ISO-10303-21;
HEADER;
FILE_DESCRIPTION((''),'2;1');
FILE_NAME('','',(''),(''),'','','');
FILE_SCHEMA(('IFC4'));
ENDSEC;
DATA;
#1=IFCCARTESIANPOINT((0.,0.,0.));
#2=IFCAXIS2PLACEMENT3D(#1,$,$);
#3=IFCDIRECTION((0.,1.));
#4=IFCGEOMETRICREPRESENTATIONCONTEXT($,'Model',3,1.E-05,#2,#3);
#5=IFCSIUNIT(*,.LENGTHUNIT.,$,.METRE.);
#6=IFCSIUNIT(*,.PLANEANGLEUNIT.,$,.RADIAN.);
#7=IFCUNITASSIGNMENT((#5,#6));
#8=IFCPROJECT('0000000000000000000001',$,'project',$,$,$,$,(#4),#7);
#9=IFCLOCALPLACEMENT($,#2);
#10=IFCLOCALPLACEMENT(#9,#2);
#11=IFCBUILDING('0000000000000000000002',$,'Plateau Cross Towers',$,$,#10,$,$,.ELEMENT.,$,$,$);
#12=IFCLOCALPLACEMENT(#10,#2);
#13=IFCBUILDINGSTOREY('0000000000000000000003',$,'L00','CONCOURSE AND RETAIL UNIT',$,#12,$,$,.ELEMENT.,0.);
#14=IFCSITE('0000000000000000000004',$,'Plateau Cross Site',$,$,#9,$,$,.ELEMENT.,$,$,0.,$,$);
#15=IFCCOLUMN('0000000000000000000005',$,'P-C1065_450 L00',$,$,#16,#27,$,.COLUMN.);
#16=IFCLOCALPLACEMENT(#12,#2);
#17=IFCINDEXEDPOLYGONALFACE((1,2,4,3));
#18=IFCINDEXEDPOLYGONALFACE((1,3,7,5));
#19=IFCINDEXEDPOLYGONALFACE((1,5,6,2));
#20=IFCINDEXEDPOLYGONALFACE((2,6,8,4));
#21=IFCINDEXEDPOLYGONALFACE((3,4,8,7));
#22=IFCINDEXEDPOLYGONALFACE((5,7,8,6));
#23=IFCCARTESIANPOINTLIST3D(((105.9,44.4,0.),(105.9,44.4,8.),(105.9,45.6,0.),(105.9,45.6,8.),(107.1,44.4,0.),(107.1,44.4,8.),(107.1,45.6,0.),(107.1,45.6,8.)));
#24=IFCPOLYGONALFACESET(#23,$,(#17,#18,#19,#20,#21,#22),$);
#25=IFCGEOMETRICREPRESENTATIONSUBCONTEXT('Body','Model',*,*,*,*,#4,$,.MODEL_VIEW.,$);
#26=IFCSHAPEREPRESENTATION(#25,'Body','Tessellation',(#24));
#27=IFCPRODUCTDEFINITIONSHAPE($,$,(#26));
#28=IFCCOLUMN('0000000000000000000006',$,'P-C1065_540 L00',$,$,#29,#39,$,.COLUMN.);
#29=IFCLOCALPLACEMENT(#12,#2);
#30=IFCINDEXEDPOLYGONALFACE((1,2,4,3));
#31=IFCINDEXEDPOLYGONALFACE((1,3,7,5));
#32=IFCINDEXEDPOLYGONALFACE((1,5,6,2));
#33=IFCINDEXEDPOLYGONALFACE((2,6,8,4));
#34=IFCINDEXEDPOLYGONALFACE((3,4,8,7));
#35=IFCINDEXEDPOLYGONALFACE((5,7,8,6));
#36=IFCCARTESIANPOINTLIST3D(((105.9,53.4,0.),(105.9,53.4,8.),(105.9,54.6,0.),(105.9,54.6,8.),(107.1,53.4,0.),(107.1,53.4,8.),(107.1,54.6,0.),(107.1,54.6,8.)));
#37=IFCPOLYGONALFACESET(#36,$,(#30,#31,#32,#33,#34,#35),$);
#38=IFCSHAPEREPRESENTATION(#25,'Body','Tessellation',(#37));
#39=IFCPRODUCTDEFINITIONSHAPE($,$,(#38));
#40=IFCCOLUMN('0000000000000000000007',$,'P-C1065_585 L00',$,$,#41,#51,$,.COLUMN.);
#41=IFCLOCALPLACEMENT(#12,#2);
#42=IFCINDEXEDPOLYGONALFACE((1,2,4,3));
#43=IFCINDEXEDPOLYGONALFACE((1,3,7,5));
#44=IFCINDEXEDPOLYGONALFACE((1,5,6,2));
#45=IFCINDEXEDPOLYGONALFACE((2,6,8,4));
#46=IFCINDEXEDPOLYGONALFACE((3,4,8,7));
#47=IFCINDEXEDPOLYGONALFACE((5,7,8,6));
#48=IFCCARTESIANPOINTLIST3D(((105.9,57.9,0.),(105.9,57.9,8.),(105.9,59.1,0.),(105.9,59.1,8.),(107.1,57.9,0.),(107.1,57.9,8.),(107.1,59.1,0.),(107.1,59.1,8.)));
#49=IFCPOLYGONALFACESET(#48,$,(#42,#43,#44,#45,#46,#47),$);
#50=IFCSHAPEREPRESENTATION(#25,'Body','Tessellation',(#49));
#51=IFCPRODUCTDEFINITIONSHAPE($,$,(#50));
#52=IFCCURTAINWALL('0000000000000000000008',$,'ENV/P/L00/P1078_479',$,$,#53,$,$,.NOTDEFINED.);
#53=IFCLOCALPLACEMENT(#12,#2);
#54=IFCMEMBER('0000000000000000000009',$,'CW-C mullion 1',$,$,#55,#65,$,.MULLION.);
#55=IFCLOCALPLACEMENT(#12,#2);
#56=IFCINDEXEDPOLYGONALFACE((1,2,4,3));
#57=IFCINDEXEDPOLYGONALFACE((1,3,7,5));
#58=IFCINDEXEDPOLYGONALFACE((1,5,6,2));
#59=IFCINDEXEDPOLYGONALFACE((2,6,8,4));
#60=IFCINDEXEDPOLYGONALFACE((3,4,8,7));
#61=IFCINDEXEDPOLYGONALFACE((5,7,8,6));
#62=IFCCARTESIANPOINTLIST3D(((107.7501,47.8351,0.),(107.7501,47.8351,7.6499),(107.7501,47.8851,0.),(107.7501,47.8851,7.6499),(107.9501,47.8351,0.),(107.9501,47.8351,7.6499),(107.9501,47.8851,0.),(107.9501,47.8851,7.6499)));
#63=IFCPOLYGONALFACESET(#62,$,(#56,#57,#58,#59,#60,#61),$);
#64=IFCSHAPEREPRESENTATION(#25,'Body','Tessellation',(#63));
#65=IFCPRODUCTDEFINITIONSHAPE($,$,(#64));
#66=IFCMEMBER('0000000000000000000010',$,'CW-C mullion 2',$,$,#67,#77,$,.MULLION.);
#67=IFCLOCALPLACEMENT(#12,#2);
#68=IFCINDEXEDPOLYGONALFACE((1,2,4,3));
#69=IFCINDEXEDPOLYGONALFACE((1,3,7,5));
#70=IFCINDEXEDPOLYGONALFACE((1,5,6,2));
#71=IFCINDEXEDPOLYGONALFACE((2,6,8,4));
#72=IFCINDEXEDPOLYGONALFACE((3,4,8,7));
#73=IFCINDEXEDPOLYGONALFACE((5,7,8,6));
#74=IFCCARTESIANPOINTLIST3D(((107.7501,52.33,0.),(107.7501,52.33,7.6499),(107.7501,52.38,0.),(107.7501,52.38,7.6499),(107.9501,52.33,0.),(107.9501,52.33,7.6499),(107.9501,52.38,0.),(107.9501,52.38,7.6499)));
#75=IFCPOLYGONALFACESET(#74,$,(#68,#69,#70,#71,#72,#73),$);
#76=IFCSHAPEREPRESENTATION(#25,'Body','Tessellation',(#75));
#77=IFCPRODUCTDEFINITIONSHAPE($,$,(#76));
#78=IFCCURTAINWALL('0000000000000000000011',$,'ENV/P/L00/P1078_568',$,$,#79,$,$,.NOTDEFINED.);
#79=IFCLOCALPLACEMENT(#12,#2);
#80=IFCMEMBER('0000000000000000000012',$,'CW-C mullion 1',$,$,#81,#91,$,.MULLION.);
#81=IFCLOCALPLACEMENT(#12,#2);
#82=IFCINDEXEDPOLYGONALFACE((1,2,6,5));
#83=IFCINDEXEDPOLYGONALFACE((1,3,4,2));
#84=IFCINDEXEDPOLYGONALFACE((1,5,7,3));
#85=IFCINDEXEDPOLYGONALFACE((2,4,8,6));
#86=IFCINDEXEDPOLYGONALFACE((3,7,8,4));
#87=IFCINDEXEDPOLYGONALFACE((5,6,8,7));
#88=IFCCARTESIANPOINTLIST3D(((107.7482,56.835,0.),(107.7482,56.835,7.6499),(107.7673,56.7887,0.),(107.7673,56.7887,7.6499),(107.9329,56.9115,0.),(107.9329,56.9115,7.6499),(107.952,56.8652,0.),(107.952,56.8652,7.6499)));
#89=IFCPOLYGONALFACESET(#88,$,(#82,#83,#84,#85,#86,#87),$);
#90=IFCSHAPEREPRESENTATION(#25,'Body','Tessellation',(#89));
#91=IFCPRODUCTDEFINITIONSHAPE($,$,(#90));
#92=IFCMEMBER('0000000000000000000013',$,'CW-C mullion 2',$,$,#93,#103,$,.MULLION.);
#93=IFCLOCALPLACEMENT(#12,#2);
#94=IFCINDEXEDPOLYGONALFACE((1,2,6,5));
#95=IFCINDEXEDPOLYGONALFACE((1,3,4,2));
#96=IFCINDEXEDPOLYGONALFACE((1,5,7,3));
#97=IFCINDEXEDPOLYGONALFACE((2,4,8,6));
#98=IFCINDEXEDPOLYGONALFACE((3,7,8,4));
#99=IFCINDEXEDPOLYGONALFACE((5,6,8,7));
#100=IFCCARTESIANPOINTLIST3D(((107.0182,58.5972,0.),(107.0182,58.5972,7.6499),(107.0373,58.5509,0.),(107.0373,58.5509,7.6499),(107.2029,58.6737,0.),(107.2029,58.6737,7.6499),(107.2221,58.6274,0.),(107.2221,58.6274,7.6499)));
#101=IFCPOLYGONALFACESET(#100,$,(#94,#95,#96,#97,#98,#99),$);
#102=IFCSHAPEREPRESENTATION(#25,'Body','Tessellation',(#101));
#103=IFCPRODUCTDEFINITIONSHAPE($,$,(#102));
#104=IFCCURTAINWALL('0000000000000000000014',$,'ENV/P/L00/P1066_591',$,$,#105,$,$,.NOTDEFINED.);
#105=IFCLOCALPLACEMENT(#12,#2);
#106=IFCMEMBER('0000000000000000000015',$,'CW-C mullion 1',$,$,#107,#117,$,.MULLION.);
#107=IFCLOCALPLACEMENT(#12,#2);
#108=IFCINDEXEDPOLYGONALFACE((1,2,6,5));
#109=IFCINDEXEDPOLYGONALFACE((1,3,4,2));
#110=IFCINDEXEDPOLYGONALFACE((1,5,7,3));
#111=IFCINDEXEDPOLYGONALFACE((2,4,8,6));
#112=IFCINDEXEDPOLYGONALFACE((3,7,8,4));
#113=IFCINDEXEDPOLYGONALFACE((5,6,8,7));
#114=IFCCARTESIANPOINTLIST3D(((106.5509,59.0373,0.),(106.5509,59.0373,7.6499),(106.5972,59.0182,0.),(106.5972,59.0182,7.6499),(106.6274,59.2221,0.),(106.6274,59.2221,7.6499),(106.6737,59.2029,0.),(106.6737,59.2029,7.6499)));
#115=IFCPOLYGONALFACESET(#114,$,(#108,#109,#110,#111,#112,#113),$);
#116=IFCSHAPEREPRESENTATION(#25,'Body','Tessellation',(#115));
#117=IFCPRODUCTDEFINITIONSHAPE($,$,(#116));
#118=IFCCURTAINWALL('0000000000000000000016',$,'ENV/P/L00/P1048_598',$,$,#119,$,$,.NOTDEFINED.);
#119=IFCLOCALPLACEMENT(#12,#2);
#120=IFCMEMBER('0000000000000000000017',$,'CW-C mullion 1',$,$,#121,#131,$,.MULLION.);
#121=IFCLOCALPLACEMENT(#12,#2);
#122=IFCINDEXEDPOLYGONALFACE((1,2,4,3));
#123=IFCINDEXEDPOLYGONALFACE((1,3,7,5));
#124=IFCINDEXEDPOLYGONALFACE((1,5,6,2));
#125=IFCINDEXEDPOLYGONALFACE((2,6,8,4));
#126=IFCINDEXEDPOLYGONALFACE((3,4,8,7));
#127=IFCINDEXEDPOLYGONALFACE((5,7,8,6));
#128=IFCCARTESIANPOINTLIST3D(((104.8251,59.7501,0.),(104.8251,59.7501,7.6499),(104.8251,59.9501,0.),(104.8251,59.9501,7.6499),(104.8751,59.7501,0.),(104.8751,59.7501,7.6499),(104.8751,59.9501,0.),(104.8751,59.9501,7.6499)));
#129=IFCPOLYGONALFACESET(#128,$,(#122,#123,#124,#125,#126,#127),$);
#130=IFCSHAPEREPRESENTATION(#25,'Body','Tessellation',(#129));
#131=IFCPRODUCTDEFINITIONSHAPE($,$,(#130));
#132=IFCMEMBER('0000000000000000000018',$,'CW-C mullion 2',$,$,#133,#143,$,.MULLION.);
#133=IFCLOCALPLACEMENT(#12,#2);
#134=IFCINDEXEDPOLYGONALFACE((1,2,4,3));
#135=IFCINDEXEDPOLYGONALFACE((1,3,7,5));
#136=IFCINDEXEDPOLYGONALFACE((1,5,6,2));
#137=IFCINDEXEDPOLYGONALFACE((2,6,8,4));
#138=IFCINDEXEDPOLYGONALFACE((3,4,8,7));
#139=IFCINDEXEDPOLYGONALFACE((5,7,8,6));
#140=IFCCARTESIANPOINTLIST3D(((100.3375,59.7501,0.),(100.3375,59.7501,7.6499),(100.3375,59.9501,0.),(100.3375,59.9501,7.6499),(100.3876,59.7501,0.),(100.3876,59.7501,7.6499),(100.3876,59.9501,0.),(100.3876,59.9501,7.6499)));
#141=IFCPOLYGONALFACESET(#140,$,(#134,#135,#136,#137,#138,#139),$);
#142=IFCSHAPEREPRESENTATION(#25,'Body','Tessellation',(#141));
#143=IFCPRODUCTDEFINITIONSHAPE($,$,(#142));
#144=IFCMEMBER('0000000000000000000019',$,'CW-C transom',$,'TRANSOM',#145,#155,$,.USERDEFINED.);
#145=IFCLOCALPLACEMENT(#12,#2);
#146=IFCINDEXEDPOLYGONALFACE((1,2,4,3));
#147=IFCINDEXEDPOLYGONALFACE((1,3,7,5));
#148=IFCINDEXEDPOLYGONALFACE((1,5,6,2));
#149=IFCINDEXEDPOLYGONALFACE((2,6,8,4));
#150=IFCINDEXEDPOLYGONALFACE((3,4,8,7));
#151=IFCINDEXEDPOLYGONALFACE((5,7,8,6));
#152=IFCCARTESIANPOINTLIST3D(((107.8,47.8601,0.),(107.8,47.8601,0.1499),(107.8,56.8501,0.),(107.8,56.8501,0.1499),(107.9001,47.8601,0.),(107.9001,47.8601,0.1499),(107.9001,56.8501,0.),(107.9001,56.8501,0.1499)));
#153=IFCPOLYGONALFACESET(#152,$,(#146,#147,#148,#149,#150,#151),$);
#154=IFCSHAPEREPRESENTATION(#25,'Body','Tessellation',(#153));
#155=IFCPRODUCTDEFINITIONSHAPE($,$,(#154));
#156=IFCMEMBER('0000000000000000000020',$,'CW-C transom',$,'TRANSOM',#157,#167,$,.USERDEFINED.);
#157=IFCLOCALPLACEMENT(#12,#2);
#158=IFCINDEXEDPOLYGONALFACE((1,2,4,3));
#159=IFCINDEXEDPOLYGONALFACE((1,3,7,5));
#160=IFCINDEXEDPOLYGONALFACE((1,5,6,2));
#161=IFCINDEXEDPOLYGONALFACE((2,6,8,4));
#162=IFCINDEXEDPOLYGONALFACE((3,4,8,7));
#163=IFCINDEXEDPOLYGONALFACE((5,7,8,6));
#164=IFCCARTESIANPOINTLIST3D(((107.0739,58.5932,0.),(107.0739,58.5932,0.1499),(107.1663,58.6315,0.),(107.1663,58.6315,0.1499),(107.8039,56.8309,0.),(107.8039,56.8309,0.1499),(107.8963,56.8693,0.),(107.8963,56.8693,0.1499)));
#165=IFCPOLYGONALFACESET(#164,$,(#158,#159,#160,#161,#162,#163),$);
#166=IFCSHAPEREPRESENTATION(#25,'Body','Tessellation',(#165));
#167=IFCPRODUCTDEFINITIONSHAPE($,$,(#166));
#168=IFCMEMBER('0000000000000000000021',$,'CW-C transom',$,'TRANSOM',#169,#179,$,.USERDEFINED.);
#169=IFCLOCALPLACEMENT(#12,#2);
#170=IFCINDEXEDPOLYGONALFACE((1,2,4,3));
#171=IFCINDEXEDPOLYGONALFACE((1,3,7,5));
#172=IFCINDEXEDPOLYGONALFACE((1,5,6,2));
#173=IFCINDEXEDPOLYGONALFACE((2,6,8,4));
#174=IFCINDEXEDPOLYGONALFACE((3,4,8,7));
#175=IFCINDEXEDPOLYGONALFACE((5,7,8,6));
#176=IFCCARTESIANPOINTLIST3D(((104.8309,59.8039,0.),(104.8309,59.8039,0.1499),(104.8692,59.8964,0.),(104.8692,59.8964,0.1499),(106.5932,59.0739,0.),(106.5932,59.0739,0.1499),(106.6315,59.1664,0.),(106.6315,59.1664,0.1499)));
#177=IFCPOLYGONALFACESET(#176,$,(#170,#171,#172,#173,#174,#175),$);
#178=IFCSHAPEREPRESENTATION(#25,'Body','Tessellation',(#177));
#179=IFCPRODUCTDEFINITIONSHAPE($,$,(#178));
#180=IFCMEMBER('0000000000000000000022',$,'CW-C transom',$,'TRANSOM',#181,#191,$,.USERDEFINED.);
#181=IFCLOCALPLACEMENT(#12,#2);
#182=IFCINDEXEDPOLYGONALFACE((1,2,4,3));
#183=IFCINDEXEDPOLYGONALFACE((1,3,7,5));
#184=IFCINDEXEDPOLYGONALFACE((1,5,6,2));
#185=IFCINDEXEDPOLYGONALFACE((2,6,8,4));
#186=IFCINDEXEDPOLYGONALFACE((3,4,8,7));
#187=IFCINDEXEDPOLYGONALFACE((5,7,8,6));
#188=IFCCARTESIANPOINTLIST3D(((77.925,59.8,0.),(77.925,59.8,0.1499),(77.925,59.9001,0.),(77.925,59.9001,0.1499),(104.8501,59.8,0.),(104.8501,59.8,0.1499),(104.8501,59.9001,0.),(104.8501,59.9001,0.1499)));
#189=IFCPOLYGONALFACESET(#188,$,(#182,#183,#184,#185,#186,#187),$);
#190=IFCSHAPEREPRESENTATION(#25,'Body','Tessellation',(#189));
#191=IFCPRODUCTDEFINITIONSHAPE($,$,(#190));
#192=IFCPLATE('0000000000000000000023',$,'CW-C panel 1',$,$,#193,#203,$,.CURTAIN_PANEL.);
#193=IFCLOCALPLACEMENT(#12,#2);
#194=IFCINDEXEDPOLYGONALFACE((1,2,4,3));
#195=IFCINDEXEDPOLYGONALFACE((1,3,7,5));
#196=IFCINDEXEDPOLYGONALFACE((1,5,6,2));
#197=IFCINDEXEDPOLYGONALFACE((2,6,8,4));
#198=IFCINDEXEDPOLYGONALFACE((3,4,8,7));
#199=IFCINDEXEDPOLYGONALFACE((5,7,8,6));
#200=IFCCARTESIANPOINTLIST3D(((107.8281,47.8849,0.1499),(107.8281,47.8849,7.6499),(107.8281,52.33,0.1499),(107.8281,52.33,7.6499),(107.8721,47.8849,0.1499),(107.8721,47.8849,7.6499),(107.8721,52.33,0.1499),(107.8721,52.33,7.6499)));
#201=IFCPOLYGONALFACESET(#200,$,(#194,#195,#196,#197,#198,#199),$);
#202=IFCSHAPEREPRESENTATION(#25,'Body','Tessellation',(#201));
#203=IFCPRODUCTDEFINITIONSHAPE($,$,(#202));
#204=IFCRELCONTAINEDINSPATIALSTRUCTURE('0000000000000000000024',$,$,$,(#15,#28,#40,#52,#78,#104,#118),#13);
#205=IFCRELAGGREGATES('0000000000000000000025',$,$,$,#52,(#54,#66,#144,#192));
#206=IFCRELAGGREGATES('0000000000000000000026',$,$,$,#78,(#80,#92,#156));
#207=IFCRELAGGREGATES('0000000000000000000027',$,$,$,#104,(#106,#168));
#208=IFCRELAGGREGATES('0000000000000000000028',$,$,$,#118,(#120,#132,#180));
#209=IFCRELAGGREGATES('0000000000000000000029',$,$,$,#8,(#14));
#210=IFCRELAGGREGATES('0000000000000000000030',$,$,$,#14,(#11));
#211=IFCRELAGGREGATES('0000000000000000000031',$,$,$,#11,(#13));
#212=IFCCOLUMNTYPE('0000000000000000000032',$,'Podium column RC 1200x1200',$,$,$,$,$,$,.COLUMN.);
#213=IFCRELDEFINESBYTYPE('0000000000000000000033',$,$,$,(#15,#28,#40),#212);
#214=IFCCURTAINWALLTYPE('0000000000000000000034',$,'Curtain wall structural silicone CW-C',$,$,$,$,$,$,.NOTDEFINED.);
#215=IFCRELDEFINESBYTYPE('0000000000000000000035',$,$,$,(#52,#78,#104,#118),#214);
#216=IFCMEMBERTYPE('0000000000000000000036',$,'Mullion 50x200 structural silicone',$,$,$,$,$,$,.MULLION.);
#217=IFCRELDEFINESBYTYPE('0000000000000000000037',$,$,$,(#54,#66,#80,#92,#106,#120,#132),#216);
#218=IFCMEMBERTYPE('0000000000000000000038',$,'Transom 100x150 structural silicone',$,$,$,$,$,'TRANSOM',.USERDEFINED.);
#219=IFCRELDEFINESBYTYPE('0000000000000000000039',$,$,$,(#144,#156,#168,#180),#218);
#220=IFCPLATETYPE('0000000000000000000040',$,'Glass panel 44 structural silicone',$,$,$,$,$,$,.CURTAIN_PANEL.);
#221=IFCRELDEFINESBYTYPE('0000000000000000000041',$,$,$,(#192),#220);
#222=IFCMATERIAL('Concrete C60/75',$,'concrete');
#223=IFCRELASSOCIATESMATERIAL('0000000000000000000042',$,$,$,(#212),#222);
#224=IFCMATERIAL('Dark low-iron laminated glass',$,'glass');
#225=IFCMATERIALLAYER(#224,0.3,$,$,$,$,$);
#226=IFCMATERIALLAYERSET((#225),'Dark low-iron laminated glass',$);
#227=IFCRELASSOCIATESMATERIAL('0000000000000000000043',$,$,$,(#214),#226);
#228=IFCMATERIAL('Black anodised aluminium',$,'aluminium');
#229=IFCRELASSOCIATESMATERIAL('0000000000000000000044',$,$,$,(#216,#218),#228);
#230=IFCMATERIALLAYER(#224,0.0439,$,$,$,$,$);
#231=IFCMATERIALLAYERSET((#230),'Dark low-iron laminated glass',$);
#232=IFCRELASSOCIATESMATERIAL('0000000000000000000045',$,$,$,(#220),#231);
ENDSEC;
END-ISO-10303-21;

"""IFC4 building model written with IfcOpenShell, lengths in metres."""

from ifc_helpers import new_model, si_unit, direction, frame, origin, origin_2d, place, context, subcontext, project, spatial, rectangle, extrude, material, layer, layer_set, material_profile, profile_set, type_object, element, aggregate, save


model = new_model("IFC4")

# Units and contexts
model_context = context("Model", 3, precision=1e-05, world=origin(), true_north=direction((0.0, 1.0)))
body_context = subcontext(model_context, "Body", "Model", "MODEL_VIEW")
ifc_project = project(units=[si_unit("LENGTHUNIT", "METRE"), si_unit("PLANEANGLEUNIT", "RADIAN")], contexts=[model_context])

# Site, building, storey
site_placement = place(None, origin())
site = spatial("IfcSite", under=ifc_project, at=site_placement, Name="Plateau Cross Site", CompositionType="ELEMENT", RefElevation=0.0)
building_placement = place(site_placement, origin())
building = spatial("IfcBuilding", under=site, at=building_placement, Name="Plateau Cross Towers", CompositionType="ELEMENT")
storey_placement = place(building_placement, origin())
storey = spatial("IfcBuildingStorey", under=building, at=storey_placement, Name="L00", Description="CONCOURSE AND RETAIL UNIT", CompositionType="ELEMENT", Elevation=0.0)

# Columns
ifc_material_1 = material(Name="Concrete C60/75", Category="concrete")
ifc_material_profile_1 = material_profile(ifc_material_1, rectangle(XDim=1.2, YDim=1.2, at=origin_2d()), Name="RC 1200x1200")
ifc_profile_set_1 = profile_set([ifc_material_profile_1], Name="Concrete C60/75")
column_type = type_object("IfcColumnType", Name="Podium column RC 1200x1200", PredefinedType="COLUMN", material=ifc_profile_set_1)
for number, where, z_axis, x_axis, name in (
    (1, (106.5, 45.0, 0.0), (0.0, 0.0, 1.0), (1.0, 0.0, 0.0), "P-C1065_450 L00"),
    (2, (106.5, 54.0, 0.0), (0.0, 0.0, 1.0), (1.0, 0.0, 0.0), "P-C1065_540 L00"),
    (3, (106.5, 58.5, 0.0), (0.0, 0.0, 1.0), (1.0, 0.0, 0.0), "P-C1065_585 L00"),
):
    element("IfcColumn", number, at=place(storey_placement, frame(where, z_axis=z_axis, x_axis=x_axis)), inside=storey, type_object=column_type, Name=name, PredefinedType="COLUMN", context=body_context, shape_type="SweptSolid", body=[
        extrude(rectangle(XDim=1.2, YDim=1.2, at=origin_2d()), origin(), (0.0, 0.0, 1.0), 8.0),
    ])

# Curtain walls, members
ifc_material_2 = material(Name="Dark low-iron laminated glass", Category="glass")
ifc_layer_1 = layer(ifc_material_2, 0.3)
ifc_layer_set_1 = layer_set([ifc_layer_1], Name="Dark low-iron laminated glass")
curtain_wall_type = type_object("IfcCurtainWallType", Name="Curtain wall structural silicone CW-C", PredefinedType="NOTDEFINED", material=ifc_layer_set_1)
curtain_wall_1_placement = place(storey_placement, origin())
curtain_wall_1 = element("IfcCurtainWall", 4, at=curtain_wall_1_placement, inside=storey, type_object=curtain_wall_type, Name="ENV/P/L00/P1078_479", PredefinedType="NOTDEFINED")
ifc_material_3 = material(Name="Black anodised aluminium", Category="aluminium")
ifc_material_profile_2 = material_profile(ifc_material_3, rectangle(XDim=0.05, YDim=0.2, at=origin_2d()), Name="MULLION 50x200")
ifc_profile_set_2 = profile_set([ifc_material_profile_2], Name="Black anodised aluminium")
member_type_1 = type_object("IfcMemberType", Name="Mullion 50x200 structural silicone", PredefinedType="MULLION", material=ifc_profile_set_2)
member_1_placement = place(storey_placement, frame((107.8501, 47.8601, 0.0), z_axis=(0.0, 0.0, 1.0), x_axis=(0.0, 1.0, 0.0)))
member_1 = element("IfcMember", 5, at=member_1_placement, type_object=member_type_1, Name="CW-C mullion 1", PredefinedType="MULLION", context=body_context, shape_type="SweptSolid", body=[
    extrude(rectangle(XDim=0.05, YDim=0.2, at=origin_2d()), origin(), (0.0, 0.0, 1.0), 7.6499),
])
member_2_placement = place(storey_placement, frame((107.8501, 52.355, 0.0), z_axis=(0.0, 0.0, 1.0), x_axis=(0.0, 1.0, 0.0)))
member_2 = element("IfcMember", 6, at=member_2_placement, type_object=member_type_1, Name="CW-C mullion 2", PredefinedType="MULLION", context=body_context, shape_type="SweptSolid", body=[
    extrude(rectangle(XDim=0.05, YDim=0.2, at=origin_2d()), origin(), (0.0, 0.0, 1.0), 7.6499),
])
curtain_wall_2_placement = place(storey_placement, origin())
curtain_wall_2 = element("IfcCurtainWall", 7, at=curtain_wall_2_placement, inside=storey, type_object=curtain_wall_type, Name="ENV/P/L00/P1078_568", PredefinedType="NOTDEFINED")
member_3_placement = place(storey_placement, frame((107.8501, 56.8501, 0.0), z_axis=(0.0, 0.0, 1.0), x_axis=(-0.382684, 0.923879, 0.0)))
member_3 = element("IfcMember", 8, at=member_3_placement, type_object=member_type_1, Name="CW-C mullion 1", PredefinedType="MULLION", context=body_context, shape_type="SweptSolid", body=[
    extrude(rectangle(XDim=0.05, YDim=0.2, at=origin_2d()), origin(), (0.0, 0.0, 1.0), 7.6499),
])
member_4_placement = place(storey_placement, frame((107.1201, 58.6123, 0.0), z_axis=(0.0, 0.0, 1.0), x_axis=(-0.382684, 0.923879, 0.0)))
member_4 = element("IfcMember", 9, at=member_4_placement, type_object=member_type_1, Name="CW-C mullion 2", PredefinedType="MULLION", context=body_context, shape_type="SweptSolid", body=[
    extrude(rectangle(XDim=0.05, YDim=0.2, at=origin_2d()), origin(), (0.0, 0.0, 1.0), 7.6499),
])

# Curtain wall, member
curtain_wall_3_placement = place(storey_placement, origin())
curtain_wall_3 = element("IfcCurtainWall", 10, at=curtain_wall_3_placement, inside=storey, type_object=curtain_wall_type, Name="ENV/P/L00/P1066_591", PredefinedType="NOTDEFINED")
member_5_placement = place(storey_placement, frame((106.6123, 59.1201, 0.0), z_axis=(0.0, 0.0, 1.0), x_axis=(-0.923879, 0.382684, 0.0)))
member_5 = element("IfcMember", 11, at=member_5_placement, type_object=member_type_1, Name="CW-C mullion 1", PredefinedType="MULLION", context=body_context, shape_type="SweptSolid", body=[
    extrude(rectangle(XDim=0.05, YDim=0.2, at=origin_2d()), origin(), (0.0, 0.0, 1.0), 7.6499),
])

# Curtain wall, members
curtain_wall_4_placement = place(storey_placement, origin())
curtain_wall_4 = element("IfcCurtainWall", 12, at=curtain_wall_4_placement, inside=storey, type_object=curtain_wall_type, Name="ENV/P/L00/P1048_598", PredefinedType="NOTDEFINED")
member_6_placement = place(storey_placement, frame((104.8501, 59.8501, 0.0), z_axis=(0.0, 0.0, 1.0), x_axis=(-1.0, 0.0, 0.0)))
member_6 = element("IfcMember", 13, at=member_6_placement, type_object=member_type_1, Name="CW-C mullion 1", PredefinedType="MULLION", context=body_context, shape_type="SweptSolid", body=[
    extrude(rectangle(XDim=0.05, YDim=0.2, at=origin_2d()), origin(), (0.0, 0.0, 1.0), 7.6499),
])
member_7_placement = place(storey_placement, frame((100.3625, 59.8501, 0.0), z_axis=(0.0, 0.0, 1.0), x_axis=(-1.0, 0.0, 0.0)))
member_7 = element("IfcMember", 14, at=member_7_placement, type_object=member_type_1, Name="CW-C mullion 2", PredefinedType="MULLION", context=body_context, shape_type="SweptSolid", body=[
    extrude(rectangle(XDim=0.05, YDim=0.2, at=origin_2d()), origin(), (0.0, 0.0, 1.0), 7.6499),
])

# Members
ifc_material_profile_3 = material_profile(ifc_material_3, rectangle(XDim=0.1001, YDim=0.1499, at=origin_2d()), Name="TRANSOM 100x150")
ifc_profile_set_3 = profile_set([ifc_material_profile_3], Name="Black anodised aluminium")
member_type_2 = type_object("IfcMemberType", Name="Transom 100x150 structural silicone", ElementType="TRANSOM", PredefinedType="USERDEFINED", material=ifc_profile_set_3)
member_8_placement = place(storey_placement, frame((107.8501, 47.8601, 0.075), z_axis=(0.0, 1.0, 0.0), x_axis=(-1.0, 0.0, 0.0)))
member_8 = element("IfcMember", 15, at=member_8_placement, type_object=member_type_2, Name="CW-C transom", ObjectType="TRANSOM", PredefinedType="USERDEFINED", context=body_context, shape_type="SweptSolid", body=[
    extrude(rectangle(XDim=0.1001, YDim=0.1499, at=origin_2d()), origin(), (0.0, 0.0, 1.0), 8.99),
])
member_9_placement = place(storey_placement, frame((107.8501, 56.8501, 0.075), z_axis=(-0.382706, 0.92387, 0.0), x_axis=(-0.92387, -0.382706, 0.0)))
member_9 = element("IfcMember", 16, at=member_9_placement, type_object=member_type_2, Name="CW-C transom", ObjectType="TRANSOM", PredefinedType="USERDEFINED", context=body_context, shape_type="SweptSolid", body=[
    extrude(rectangle(XDim=0.1001, YDim=0.1499, at=origin_2d()), origin(), (0.0, 0.0, 1.0), 1.9075),
])
member_10_placement = place(storey_placement, frame((106.6123, 59.1201, 0.075), z_axis=(-0.92387, 0.382706, 0.0), x_axis=(-0.382706, -0.92387, 0.0)))
member_10 = element("IfcMember", 17, at=member_10_placement, type_object=member_type_2, Name="CW-C transom", ObjectType="TRANSOM", PredefinedType="USERDEFINED", context=body_context, shape_type="SweptSolid", body=[
    extrude(rectangle(XDim=0.1001, YDim=0.1499, at=origin_2d()), origin(), (0.0, 0.0, 1.0), 1.9075),
])
member_11_placement = place(storey_placement, frame((104.8501, 59.8501, 0.075), z_axis=(-1.0, 0.0, 0.0), x_axis=(0.0, -1.0, 0.0)))
member_11 = element("IfcMember", 18, at=member_11_placement, type_object=member_type_2, Name="CW-C transom", ObjectType="TRANSOM", PredefinedType="USERDEFINED", context=body_context, shape_type="SweptSolid", body=[
    extrude(rectangle(XDim=0.1001, YDim=0.1499, at=origin_2d()), origin(), (0.0, 0.0, 1.0), 26.925),
])

# Plate
ifc_layer_2 = layer(ifc_material_2, 0.0439)
ifc_layer_set_2 = layer_set([ifc_layer_2], Name="Dark low-iron laminated glass")
plate_type = type_object("IfcPlateType", Name="Glass panel 44 structural silicone", PredefinedType="CURTAIN_PANEL", material=ifc_layer_set_2)
plate_1_placement = place(storey_placement, frame((107.8501, 50.1074, 0.1499), z_axis=(0.0, 0.0, 1.0), x_axis=(0.0, 1.0, 0.0)))
plate_1 = element("IfcPlate", 19, at=plate_1_placement, type_object=plate_type, Name="CW-C panel 1", PredefinedType="CURTAIN_PANEL", context=body_context, shape_type="SweptSolid", body=[
    extrude(rectangle(XDim=4.4451, YDim=0.0439, at=origin_2d()), origin(), (0.0, 0.0, 1.0), 7.5),
])
aggregate(curtain_wall_1, [member_1, member_2, member_8, plate_1])
aggregate(curtain_wall_2, [member_3, member_4, member_9])
aggregate(curtain_wall_3, [member_5, member_10])
aggregate(curtain_wall_4, [member_6, member_7, member_11])

save(model, "model.ifc")
